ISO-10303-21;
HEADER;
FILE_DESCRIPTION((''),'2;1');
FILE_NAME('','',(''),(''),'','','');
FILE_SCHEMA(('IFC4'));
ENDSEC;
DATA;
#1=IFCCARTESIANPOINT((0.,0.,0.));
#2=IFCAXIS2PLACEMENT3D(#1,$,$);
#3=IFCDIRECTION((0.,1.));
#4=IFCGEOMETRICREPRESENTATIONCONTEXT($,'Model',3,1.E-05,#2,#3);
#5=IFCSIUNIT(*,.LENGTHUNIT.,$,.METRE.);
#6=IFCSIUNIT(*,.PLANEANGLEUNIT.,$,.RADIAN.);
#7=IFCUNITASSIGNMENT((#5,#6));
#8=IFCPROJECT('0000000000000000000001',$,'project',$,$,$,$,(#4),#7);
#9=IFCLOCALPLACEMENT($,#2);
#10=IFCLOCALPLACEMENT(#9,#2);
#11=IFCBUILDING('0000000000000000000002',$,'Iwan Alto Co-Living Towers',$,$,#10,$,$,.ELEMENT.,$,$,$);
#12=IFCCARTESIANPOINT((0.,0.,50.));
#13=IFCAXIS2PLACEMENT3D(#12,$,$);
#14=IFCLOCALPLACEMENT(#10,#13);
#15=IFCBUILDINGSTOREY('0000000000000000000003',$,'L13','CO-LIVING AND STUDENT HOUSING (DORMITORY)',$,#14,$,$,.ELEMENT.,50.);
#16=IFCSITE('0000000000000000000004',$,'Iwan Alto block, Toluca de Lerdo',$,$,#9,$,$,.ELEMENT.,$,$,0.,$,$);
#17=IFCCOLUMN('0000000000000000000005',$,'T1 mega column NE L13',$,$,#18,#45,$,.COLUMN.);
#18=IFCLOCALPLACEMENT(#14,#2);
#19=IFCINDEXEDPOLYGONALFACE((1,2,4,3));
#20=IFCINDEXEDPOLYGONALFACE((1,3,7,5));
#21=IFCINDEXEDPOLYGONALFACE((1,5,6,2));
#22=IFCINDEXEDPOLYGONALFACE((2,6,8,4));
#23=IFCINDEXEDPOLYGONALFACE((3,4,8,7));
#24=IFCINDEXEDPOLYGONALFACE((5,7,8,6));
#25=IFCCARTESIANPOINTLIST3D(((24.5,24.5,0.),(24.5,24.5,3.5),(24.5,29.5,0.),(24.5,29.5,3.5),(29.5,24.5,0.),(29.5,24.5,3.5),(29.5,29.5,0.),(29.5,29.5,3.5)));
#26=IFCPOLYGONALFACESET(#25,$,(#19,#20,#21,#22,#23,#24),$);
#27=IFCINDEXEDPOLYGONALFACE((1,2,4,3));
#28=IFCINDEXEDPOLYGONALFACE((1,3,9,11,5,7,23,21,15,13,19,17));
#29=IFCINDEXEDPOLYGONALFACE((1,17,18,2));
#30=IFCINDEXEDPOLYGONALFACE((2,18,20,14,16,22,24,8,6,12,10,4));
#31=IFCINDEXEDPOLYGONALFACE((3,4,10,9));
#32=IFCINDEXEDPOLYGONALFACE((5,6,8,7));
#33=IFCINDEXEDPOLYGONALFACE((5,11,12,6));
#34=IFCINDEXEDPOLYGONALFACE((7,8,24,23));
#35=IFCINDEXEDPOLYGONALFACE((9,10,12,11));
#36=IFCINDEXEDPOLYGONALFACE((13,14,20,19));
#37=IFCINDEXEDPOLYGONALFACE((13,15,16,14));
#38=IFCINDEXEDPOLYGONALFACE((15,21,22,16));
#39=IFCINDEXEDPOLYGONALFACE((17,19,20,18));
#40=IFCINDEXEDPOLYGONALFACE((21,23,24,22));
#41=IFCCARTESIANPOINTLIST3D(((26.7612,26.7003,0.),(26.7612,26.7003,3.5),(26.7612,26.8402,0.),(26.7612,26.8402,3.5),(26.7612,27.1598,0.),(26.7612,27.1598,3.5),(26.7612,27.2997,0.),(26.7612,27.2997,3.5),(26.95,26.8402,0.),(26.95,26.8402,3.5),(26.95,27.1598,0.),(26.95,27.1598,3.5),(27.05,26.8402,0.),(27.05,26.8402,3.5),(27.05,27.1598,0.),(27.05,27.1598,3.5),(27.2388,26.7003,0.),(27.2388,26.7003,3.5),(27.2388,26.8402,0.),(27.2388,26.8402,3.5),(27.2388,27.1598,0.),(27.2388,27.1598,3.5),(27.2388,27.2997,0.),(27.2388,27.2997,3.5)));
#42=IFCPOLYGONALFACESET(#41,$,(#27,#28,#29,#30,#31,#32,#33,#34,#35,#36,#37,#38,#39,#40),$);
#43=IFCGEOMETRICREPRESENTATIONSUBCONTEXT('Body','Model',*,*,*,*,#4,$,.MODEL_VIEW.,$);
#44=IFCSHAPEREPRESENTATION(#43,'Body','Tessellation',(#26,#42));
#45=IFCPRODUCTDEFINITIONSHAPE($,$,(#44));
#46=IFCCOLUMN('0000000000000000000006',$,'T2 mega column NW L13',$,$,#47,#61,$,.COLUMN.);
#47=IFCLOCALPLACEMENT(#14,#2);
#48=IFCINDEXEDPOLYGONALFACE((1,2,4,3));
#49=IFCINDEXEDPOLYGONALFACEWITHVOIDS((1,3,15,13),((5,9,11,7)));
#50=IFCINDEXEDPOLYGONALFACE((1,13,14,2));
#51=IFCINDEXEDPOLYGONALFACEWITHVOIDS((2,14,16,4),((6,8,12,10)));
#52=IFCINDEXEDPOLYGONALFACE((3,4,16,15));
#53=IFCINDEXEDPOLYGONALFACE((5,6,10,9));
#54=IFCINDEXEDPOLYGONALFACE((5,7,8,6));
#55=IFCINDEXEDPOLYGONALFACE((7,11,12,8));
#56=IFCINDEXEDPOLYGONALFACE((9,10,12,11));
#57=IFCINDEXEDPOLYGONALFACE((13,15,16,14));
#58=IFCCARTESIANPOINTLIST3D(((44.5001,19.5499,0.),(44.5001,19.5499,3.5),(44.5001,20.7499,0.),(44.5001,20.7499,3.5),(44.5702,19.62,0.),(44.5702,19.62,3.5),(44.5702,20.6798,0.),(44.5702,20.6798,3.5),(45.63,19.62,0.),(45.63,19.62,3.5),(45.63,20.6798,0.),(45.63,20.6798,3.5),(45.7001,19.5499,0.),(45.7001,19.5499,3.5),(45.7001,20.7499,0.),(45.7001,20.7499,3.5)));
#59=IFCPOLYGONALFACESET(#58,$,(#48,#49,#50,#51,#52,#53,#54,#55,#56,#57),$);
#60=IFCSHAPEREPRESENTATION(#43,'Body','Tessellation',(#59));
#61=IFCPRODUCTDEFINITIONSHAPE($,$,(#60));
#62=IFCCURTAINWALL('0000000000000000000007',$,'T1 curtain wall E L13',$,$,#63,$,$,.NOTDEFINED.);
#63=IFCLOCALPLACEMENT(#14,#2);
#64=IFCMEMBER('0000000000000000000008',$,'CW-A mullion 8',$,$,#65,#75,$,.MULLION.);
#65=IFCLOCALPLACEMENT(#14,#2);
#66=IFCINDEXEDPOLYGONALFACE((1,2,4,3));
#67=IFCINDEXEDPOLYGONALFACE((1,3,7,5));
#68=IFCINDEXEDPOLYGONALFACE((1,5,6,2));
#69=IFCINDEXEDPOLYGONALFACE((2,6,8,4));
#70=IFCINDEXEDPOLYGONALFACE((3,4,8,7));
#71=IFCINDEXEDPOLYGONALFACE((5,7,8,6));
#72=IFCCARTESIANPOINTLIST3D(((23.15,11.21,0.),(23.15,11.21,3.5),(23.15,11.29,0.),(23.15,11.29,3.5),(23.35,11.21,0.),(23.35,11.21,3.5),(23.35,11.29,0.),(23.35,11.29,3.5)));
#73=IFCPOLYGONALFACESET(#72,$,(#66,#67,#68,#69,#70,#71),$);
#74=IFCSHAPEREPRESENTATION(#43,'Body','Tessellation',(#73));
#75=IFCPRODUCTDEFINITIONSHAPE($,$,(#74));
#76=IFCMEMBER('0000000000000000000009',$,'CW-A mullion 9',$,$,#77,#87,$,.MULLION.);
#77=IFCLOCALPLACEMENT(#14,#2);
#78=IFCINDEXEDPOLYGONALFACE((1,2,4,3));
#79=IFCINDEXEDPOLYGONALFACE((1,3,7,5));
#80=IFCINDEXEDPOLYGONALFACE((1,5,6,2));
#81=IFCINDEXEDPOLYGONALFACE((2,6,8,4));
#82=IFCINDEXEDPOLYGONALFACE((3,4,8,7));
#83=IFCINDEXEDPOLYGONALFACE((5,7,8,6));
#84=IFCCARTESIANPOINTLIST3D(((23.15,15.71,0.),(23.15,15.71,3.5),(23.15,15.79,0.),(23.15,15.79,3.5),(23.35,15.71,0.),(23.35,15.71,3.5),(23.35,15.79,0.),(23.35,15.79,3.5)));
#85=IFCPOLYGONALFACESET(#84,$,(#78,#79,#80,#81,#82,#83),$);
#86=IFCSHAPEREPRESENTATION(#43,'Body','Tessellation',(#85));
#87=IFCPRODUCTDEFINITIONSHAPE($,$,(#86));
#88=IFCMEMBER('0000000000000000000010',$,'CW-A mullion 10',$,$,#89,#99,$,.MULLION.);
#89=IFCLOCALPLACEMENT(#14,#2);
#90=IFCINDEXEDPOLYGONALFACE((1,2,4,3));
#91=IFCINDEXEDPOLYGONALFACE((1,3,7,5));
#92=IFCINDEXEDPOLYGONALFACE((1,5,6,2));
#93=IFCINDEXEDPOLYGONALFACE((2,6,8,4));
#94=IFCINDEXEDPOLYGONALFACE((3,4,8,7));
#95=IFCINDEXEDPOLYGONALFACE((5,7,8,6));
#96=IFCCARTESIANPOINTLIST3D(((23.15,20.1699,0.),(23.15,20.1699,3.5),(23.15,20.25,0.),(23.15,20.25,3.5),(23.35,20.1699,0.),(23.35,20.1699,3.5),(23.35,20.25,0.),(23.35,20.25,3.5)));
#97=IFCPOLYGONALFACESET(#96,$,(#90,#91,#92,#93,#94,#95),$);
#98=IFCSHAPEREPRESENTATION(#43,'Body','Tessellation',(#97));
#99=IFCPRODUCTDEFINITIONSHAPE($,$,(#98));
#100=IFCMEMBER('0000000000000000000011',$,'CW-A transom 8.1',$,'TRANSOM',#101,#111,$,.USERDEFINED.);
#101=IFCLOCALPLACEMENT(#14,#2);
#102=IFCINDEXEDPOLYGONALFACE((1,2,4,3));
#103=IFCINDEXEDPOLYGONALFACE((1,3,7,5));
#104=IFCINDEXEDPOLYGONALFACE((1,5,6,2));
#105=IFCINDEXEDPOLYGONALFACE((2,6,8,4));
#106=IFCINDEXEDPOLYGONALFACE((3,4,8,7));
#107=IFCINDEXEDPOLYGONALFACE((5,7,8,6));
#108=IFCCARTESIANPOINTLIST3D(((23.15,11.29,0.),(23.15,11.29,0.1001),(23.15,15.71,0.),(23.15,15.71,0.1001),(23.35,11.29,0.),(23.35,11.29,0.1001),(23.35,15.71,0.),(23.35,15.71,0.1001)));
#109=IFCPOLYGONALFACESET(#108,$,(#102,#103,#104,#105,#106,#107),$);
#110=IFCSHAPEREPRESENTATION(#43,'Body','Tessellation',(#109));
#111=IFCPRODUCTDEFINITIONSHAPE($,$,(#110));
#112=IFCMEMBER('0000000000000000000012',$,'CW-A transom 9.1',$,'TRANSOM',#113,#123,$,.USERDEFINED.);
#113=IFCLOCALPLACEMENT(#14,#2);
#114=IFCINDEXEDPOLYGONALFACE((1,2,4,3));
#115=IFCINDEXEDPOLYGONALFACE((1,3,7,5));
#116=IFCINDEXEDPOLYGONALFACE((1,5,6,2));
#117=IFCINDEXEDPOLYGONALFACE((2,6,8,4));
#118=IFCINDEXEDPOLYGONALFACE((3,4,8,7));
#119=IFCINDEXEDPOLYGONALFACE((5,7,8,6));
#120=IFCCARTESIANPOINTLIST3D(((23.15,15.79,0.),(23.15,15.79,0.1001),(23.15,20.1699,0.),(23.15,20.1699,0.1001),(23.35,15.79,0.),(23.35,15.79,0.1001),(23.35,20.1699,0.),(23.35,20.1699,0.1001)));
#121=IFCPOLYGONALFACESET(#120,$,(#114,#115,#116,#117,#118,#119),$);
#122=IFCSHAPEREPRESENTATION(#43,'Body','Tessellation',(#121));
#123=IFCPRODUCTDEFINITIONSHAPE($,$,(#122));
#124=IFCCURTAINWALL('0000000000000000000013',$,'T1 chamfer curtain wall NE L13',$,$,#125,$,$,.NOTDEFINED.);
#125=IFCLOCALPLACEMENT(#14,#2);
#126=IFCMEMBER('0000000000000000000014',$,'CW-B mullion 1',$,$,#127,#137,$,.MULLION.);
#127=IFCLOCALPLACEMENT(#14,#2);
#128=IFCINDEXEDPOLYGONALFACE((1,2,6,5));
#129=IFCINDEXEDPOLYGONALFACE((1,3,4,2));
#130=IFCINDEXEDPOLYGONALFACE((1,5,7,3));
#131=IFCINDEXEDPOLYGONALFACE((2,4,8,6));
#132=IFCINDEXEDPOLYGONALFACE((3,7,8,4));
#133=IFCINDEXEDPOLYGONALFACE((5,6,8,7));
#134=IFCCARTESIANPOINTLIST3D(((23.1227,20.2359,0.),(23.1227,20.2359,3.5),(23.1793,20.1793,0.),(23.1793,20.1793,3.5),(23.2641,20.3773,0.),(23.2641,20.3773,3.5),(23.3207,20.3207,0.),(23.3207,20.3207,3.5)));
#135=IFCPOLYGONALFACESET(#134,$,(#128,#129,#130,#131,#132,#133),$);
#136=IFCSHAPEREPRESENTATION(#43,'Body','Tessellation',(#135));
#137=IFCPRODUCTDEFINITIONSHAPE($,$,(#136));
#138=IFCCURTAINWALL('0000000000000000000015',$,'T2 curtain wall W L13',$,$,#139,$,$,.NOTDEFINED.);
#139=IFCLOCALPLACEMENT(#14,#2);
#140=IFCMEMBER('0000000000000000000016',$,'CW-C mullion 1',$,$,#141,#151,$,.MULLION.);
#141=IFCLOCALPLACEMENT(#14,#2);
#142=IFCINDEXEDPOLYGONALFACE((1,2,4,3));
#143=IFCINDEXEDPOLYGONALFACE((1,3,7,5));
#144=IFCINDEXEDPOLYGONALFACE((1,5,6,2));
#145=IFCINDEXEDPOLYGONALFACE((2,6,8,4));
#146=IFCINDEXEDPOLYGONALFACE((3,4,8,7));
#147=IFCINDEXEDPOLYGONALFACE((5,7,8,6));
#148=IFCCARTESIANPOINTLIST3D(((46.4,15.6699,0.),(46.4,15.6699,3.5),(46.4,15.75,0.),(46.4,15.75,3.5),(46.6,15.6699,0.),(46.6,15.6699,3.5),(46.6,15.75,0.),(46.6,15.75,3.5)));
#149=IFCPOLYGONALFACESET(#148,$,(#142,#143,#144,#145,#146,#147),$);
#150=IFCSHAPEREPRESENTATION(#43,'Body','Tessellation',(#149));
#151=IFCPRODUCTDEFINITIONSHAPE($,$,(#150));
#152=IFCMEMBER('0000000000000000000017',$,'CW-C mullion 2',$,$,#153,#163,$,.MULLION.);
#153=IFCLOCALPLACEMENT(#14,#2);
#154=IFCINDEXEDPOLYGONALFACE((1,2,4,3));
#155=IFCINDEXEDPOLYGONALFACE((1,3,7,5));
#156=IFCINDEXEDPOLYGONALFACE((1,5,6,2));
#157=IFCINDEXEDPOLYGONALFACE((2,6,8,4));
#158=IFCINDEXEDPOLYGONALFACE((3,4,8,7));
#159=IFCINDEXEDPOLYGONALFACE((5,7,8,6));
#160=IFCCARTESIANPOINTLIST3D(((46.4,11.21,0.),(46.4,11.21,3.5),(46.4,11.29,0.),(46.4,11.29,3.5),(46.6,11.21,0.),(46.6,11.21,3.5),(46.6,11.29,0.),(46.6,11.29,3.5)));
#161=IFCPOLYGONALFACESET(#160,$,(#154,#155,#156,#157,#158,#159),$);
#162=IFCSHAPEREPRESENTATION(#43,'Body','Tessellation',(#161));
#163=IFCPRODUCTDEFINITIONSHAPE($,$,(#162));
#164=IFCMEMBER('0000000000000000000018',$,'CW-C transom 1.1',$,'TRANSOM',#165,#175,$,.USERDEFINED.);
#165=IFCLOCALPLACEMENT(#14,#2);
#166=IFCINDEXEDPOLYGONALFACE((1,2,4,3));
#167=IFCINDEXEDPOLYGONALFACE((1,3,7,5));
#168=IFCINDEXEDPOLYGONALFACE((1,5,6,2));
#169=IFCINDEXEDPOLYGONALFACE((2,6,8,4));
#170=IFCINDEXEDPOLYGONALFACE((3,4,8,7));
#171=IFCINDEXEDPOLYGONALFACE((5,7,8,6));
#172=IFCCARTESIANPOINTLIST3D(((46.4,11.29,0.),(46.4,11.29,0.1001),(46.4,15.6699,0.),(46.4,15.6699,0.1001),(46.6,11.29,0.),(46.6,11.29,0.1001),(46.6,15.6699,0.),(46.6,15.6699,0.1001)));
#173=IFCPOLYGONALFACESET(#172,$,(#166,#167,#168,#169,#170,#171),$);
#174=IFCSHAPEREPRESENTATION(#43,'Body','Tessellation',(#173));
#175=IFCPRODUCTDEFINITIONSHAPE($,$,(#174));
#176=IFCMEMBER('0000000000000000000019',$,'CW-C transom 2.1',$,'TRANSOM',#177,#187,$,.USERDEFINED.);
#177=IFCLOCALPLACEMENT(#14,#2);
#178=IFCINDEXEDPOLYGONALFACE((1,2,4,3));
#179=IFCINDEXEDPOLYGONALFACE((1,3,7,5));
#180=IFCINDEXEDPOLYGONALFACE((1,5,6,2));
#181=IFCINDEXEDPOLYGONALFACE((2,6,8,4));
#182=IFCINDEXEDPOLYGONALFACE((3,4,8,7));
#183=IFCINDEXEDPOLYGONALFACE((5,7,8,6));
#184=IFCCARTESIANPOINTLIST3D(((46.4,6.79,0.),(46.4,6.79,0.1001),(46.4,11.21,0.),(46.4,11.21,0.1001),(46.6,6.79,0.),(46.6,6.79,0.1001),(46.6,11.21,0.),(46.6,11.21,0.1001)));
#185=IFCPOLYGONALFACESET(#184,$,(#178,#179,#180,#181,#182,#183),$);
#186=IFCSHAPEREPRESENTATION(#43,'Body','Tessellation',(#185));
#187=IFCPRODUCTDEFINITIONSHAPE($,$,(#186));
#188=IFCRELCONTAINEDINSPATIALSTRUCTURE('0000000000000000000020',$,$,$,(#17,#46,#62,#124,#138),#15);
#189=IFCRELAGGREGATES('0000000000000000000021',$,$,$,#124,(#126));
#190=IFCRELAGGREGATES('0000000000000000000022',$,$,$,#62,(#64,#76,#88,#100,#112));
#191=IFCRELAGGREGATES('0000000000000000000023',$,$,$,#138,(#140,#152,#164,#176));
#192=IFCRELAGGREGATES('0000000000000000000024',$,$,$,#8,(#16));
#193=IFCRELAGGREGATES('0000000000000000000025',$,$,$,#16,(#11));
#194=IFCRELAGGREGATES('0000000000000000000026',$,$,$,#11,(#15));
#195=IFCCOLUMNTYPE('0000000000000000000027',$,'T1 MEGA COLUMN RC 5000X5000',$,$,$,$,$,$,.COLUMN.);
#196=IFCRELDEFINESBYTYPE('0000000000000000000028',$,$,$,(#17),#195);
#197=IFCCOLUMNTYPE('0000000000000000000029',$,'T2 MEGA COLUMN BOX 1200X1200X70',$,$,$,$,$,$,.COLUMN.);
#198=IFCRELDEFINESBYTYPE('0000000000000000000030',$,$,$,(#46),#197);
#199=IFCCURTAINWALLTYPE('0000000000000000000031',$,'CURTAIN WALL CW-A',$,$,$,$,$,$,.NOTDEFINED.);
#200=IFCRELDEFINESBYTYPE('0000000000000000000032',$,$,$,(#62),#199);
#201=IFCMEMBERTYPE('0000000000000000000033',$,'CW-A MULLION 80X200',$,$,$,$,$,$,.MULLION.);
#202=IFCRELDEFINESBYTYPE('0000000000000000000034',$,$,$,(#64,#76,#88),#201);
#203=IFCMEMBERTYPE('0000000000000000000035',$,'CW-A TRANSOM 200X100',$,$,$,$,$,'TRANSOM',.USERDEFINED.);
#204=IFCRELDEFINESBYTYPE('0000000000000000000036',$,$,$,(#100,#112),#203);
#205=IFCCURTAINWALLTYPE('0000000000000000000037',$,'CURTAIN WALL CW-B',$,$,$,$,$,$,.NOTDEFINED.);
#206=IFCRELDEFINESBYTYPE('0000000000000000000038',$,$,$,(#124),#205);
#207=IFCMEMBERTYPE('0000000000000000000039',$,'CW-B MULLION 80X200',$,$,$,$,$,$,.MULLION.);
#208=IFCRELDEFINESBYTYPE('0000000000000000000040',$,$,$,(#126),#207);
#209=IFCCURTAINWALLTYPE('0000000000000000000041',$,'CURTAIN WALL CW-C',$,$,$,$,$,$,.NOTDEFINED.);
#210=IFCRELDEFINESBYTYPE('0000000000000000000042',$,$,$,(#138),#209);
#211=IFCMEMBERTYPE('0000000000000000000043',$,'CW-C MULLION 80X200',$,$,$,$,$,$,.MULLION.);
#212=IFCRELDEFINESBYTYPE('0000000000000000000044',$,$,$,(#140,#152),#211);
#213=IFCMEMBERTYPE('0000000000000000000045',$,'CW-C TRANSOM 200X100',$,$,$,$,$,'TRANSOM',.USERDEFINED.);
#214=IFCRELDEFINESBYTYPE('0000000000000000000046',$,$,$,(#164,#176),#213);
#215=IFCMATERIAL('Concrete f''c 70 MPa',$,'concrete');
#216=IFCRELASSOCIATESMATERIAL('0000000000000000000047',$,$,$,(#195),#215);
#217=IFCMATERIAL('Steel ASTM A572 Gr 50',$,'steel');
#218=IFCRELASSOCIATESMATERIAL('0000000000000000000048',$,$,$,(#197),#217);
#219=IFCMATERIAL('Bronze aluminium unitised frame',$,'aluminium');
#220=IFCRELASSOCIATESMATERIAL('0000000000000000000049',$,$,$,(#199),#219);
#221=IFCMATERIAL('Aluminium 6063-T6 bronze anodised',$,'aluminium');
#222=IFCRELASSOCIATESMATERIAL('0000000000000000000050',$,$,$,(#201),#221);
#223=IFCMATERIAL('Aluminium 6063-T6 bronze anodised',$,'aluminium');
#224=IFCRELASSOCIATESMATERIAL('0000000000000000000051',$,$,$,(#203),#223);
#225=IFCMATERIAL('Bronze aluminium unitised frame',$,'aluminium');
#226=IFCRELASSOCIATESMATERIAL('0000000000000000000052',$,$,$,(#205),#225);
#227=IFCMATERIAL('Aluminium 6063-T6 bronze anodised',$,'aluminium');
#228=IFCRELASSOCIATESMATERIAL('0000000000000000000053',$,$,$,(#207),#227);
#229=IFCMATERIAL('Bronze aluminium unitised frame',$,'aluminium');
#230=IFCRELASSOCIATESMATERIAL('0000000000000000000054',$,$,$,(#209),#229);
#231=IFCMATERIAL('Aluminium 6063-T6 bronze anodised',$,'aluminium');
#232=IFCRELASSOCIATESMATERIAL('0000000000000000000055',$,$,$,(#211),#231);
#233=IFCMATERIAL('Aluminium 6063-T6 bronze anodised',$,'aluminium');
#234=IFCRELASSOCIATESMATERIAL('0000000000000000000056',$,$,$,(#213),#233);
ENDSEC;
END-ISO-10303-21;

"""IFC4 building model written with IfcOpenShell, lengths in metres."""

from ifc_helpers import new_model, si_unit, direction, frame, origin, origin_2d, place, context, subcontext, project, spatial, rectangle, hollow_rectangle, i_section, extrude, material, material_profile, profile_set, type_object, element, aggregate, save


model = new_model("IFC4")

# Units and contexts
model_context = context("Model", 3, precision=1e-05, world=origin(), true_north=direction((0.0, 1.0)))
body_context = subcontext(model_context, "Body", "Model", "MODEL_VIEW")
ifc_project = project(units=[si_unit("LENGTHUNIT", "METRE"), si_unit("PLANEANGLEUNIT", "RADIAN")], contexts=[model_context])

# Site, building, storey
site_placement = place(None, origin())
site = spatial("IfcSite", under=ifc_project, at=site_placement, Name="Iwan Alto block, Toluca de Lerdo", CompositionType="ELEMENT", RefElevation=0.0)
building_placement = place(site_placement, origin())
building = spatial("IfcBuilding", under=site, at=building_placement, Name="Iwan Alto Co-Living Towers", CompositionType="ELEMENT")
storey_placement = place(building_placement, frame((0.0, 0.0, 50.0)))
storey = spatial("IfcBuildingStorey", under=building, at=storey_placement, Name="L13", Description="CO-LIVING AND STUDENT HOUSING (DORMITORY)", CompositionType="ELEMENT", Elevation=50.0)

# Columns
ifc_material_1 = material(Name="Concrete f'c 70 MPa", Category="concrete")
ifc_material_profile_1 = material_profile(ifc_material_1, rectangle(XDim=5.0, YDim=5.0, at=origin_2d()), Name="RC 5000X5000")
ifc_profile_set_1 = profile_set([ifc_material_profile_1], Name="Concrete f'c 70 MPa")
column_type_1 = type_object("IfcColumnType", Name="T1 MEGA COLUMN RC 5000X5000", PredefinedType="COLUMN", material=ifc_profile_set_1)
column_1_placement = place(storey_placement, frame((27.0, 27.0, 0.0), z_axis=(0.0, 0.0, 1.0), x_axis=(1.0, 0.0, 0.0)))
element("IfcColumn", 1, at=column_1_placement, inside=storey, type_object=column_type_1, Name="T1 mega column NE L13", PredefinedType="COLUMN", context=body_context, shape_type="SweptSolid", body=[
    extrude(rectangle(XDim=5.0, YDim=5.0, at=origin_2d()), origin(), (0.0, 0.0, 1.0), 3.5),
    extrude(i_section(OverallWidth=0.4775, OverallDepth=0.5994, WebThickness=0.1001, FlangeThickness=0.1399, at=origin_2d()), origin(), (0.0, 0.0, 1.0), 3.5),
])
ifc_material_2 = material(Name="Steel ASTM A572 Gr 50", Category="steel")
ifc_material_profile_2 = material_profile(ifc_material_2, hollow_rectangle(XDim=1.2, YDim=1.2, WallThickness=0.0701, at=origin_2d()), Name="BOX 1200X1200X70")
ifc_profile_set_2 = profile_set([ifc_material_profile_2], Name="Steel ASTM A572 Gr 50")
column_type_2 = type_object("IfcColumnType", Name="T2 MEGA COLUMN BOX 1200X1200X70", PredefinedType="COLUMN", material=ifc_profile_set_2)
column_2_placement = place(storey_placement, frame((45.1001, 20.1499, 0.0), z_axis=(0.0, 0.0, 1.0), x_axis=(1.0, 0.0, 0.0)))
element("IfcColumn", 2, at=column_2_placement, inside=storey, type_object=column_type_2, Name="T2 mega column NW L13", PredefinedType="COLUMN", context=body_context, shape_type="SweptSolid", body=[
    extrude(hollow_rectangle(XDim=1.2, YDim=1.2, WallThickness=0.0701, at=origin_2d()), origin(), (0.0, 0.0, 1.0), 3.5),
])

# Curtain wall, members
ifc_material_3 = material(Name="Bronze aluminium unitised frame", Category="aluminium")
curtain_wall_type_1 = type_object("IfcCurtainWallType", Name="CURTAIN WALL CW-A", PredefinedType="NOTDEFINED", material=ifc_material_3)
curtain_wall_1_placement = place(storey_placement, origin())
curtain_wall_1 = element("IfcCurtainWall", 3, at=curtain_wall_1_placement, inside=storey, type_object=curtain_wall_type_1, Name="T1 curtain wall E L13", PredefinedType="NOTDEFINED")
ifc_material_4 = material(Name="Aluminium 6063-T6 bronze anodised", Category="aluminium")
ifc_material_profile_3 = material_profile(ifc_material_4, rectangle(XDim=0.2, YDim=0.0801, at=origin_2d()), Name="AL 80X200")
ifc_profile_set_3 = profile_set([ifc_material_profile_3], Name="Aluminium 6063-T6 bronze anodised")
member_type_1 = type_object("IfcMemberType", Name="CW-A MULLION 80X200", PredefinedType="MULLION", material=ifc_profile_set_3)
member_1_placement = place(storey_placement, frame((23.25, 11.25, 0.0), z_axis=(0.0, 0.0, 1.0), x_axis=(-1.0, 0.0, 0.0)))
member_1 = element("IfcMember", 4, at=member_1_placement, type_object=member_type_1, Name="CW-A mullion 8", PredefinedType="MULLION", context=body_context, shape_type="SweptSolid", body=[
    extrude(rectangle(XDim=0.2, YDim=0.0801, at=origin_2d()), origin(), (0.0, 0.0, 1.0), 3.5),
])
member_2_placement = place(storey_placement, frame((23.25, 15.75, 0.0), z_axis=(0.0, 0.0, 1.0), x_axis=(-1.0, 0.0, 0.0)))
member_2 = element("IfcMember", 5, at=member_2_placement, type_object=member_type_1, Name="CW-A mullion 9", PredefinedType="MULLION", context=body_context, shape_type="SweptSolid", body=[
    extrude(rectangle(XDim=0.2, YDim=0.0801, at=origin_2d()), origin(), (0.0, 0.0, 1.0), 3.5),
])
member_3_placement = place(storey_placement, frame((23.25, 20.21, 0.0), z_axis=(0.0, 0.0, 1.0), x_axis=(-1.0, 0.0, 0.0)))
member_3 = element("IfcMember", 6, at=member_3_placement, type_object=member_type_1, Name="CW-A mullion 10", PredefinedType="MULLION", context=body_context, shape_type="SweptSolid", body=[
    extrude(rectangle(XDim=0.2, YDim=0.0801, at=origin_2d()), origin(), (0.0, 0.0, 1.0), 3.5),
])
ifc_material_5 = material(Name="Aluminium 6063-T6 bronze anodised", Category="aluminium")
ifc_material_profile_4 = material_profile(ifc_material_5, rectangle(XDim=0.2, YDim=0.1001, at=origin_2d()), Name="AL 200X100")
ifc_profile_set_4 = profile_set([ifc_material_profile_4], Name="Aluminium 6063-T6 bronze anodised")
member_type_2 = type_object("IfcMemberType", Name="CW-A TRANSOM 200X100", ElementType="TRANSOM", PredefinedType="USERDEFINED", material=ifc_profile_set_4)
member_4_placement = place(storey_placement, frame((23.25, 11.29, 0.05), z_axis=(0.0, 1.0, 0.0), x_axis=(-1.0, 0.0, 0.0)))
member_4 = element("IfcMember", 7, at=member_4_placement, type_object=member_type_2, Name="CW-A transom 8.1", ObjectType="TRANSOM", PredefinedType="USERDEFINED", context=body_context, shape_type="SweptSolid", body=[
    extrude(rectangle(XDim=0.2, YDim=0.1001, at=origin_2d()), origin(), (0.0, 0.0, 1.0), 4.4199),
])
member_5_placement = place(storey_placement, frame((23.25, 15.79, 0.05), z_axis=(0.0, 1.0, 0.0), x_axis=(-1.0, 0.0, 0.0)))
member_5 = element("IfcMember", 8, at=member_5_placement, type_object=member_type_2, Name="CW-A transom 9.1", ObjectType="TRANSOM", PredefinedType="USERDEFINED", context=body_context, shape_type="SweptSolid", body=[
    extrude(rectangle(XDim=0.2, YDim=0.1001, at=origin_2d()), origin(), (0.0, 0.0, 1.0), 4.3799),
])

# Curtain wall, member
ifc_material_6 = material(Name="Bronze aluminium unitised frame", Category="aluminium")
curtain_wall_type_2 = type_object("IfcCurtainWallType", Name="CURTAIN WALL CW-B", PredefinedType="NOTDEFINED", material=ifc_material_6)
curtain_wall_2_placement = place(storey_placement, origin())
curtain_wall_2 = element("IfcCurtainWall", 9, at=curtain_wall_2_placement, inside=storey, type_object=curtain_wall_type_2, Name="T1 chamfer curtain wall NE L13", PredefinedType="NOTDEFINED")
ifc_material_7 = material(Name="Aluminium 6063-T6 bronze anodised", Category="aluminium")
ifc_material_profile_5 = material_profile(ifc_material_7, rectangle(XDim=0.2, YDim=0.0801, at=origin_2d()), Name="AL 80X200")
ifc_profile_set_5 = profile_set([ifc_material_profile_5], Name="Aluminium 6063-T6 bronze anodised")
member_type_3 = type_object("IfcMemberType", Name="CW-B MULLION 80X200", PredefinedType="MULLION", material=ifc_profile_set_5)
member_6_placement = place(storey_placement, frame((23.2217, 20.2783, 0.0), z_axis=(0.0, 0.0, 1.0), x_axis=(-0.707107, -0.707107, 0.0)))
member_6 = element("IfcMember", 10, at=member_6_placement, type_object=member_type_3, Name="CW-B mullion 1", PredefinedType="MULLION", context=body_context, shape_type="SweptSolid", body=[
    extrude(rectangle(XDim=0.2, YDim=0.0801, at=origin_2d()), origin(), (0.0, 0.0, 1.0), 3.5),
])
aggregate(curtain_wall_2, [member_6])

# Curtain wall, members
ifc_material_8 = material(Name="Bronze aluminium unitised frame", Category="aluminium")
curtain_wall_type_3 = type_object("IfcCurtainWallType", Name="CURTAIN WALL CW-C", PredefinedType="NOTDEFINED", material=ifc_material_8)
curtain_wall_3_placement = place(storey_placement, origin())
curtain_wall_3 = element("IfcCurtainWall", 11, at=curtain_wall_3_placement, inside=storey, type_object=curtain_wall_type_3, Name="T2 curtain wall W L13", PredefinedType="NOTDEFINED")
ifc_material_9 = material(Name="Aluminium 6063-T6 bronze anodised", Category="aluminium")
ifc_material_profile_6 = material_profile(ifc_material_9, rectangle(XDim=0.2, YDim=0.0801, at=origin_2d()), Name="AL 80X200")
ifc_profile_set_6 = profile_set([ifc_material_profile_6], Name="Aluminium 6063-T6 bronze anodised")
member_type_4 = type_object("IfcMemberType", Name="CW-C MULLION 80X200", PredefinedType="MULLION", material=ifc_profile_set_6)
member_7_placement = place(storey_placement, frame((46.5, 15.71, 0.0), z_axis=(0.0, 0.0, 1.0), x_axis=(1.0, 0.0, 0.0)))
member_7 = element("IfcMember", 12, at=member_7_placement, type_object=member_type_4, Name="CW-C mullion 1", PredefinedType="MULLION", context=body_context, shape_type="SweptSolid", body=[
    extrude(rectangle(XDim=0.2, YDim=0.0801, at=origin_2d()), origin(), (0.0, 0.0, 1.0), 3.5),
])
member_8_placement = place(storey_placement, frame((46.5, 11.25, 0.0), z_axis=(0.0, 0.0, 1.0), x_axis=(1.0, 0.0, 0.0)))
member_8 = element("IfcMember", 13, at=member_8_placement, type_object=member_type_4, Name="CW-C mullion 2", PredefinedType="MULLION", context=body_context, shape_type="SweptSolid", body=[
    extrude(rectangle(XDim=0.2, YDim=0.0801, at=origin_2d()), origin(), (0.0, 0.0, 1.0), 3.5),
])
ifc_material_10 = material(Name="Aluminium 6063-T6 bronze anodised", Category="aluminium")
ifc_material_profile_7 = material_profile(ifc_material_10, rectangle(XDim=0.2, YDim=0.1001, at=origin_2d()), Name="AL 200X100")
ifc_profile_set_7 = profile_set([ifc_material_profile_7], Name="Aluminium 6063-T6 bronze anodised")
member_type_5 = type_object("IfcMemberType", Name="CW-C TRANSOM 200X100", ElementType="TRANSOM", PredefinedType="USERDEFINED", material=ifc_profile_set_7)
member_9_placement = place(storey_placement, frame((46.5, 15.6699, 0.05), z_axis=(0.0, -1.0, 0.0), x_axis=(1.0, 0.0, 0.0)))
member_9 = element("IfcMember", 14, at=member_9_placement, type_object=member_type_5, Name="CW-C transom 1.1", ObjectType="TRANSOM", PredefinedType="USERDEFINED", context=body_context, shape_type="SweptSolid", body=[
    extrude(rectangle(XDim=0.2, YDim=0.1001, at=origin_2d()), origin(), (0.0, 0.0, 1.0), 4.3799),
])
member_10_placement = place(storey_placement, frame((46.5, 11.21, 0.05), z_axis=(0.0, -1.0, 0.0), x_axis=(1.0, 0.0, 0.0)))
member_10 = element("IfcMember", 15, at=member_10_placement, type_object=member_type_5, Name="CW-C transom 2.1", ObjectType="TRANSOM", PredefinedType="USERDEFINED", context=body_context, shape_type="SweptSolid", body=[
    extrude(rectangle(XDim=0.2, YDim=0.1001, at=origin_2d()), origin(), (0.0, 0.0, 1.0), 4.4199),
])

aggregate(curtain_wall_1, [member_1, member_2, member_3, member_4, member_5])
aggregate(curtain_wall_3, [member_7, member_8, member_9, member_10])

save(model, "model.ifc")
